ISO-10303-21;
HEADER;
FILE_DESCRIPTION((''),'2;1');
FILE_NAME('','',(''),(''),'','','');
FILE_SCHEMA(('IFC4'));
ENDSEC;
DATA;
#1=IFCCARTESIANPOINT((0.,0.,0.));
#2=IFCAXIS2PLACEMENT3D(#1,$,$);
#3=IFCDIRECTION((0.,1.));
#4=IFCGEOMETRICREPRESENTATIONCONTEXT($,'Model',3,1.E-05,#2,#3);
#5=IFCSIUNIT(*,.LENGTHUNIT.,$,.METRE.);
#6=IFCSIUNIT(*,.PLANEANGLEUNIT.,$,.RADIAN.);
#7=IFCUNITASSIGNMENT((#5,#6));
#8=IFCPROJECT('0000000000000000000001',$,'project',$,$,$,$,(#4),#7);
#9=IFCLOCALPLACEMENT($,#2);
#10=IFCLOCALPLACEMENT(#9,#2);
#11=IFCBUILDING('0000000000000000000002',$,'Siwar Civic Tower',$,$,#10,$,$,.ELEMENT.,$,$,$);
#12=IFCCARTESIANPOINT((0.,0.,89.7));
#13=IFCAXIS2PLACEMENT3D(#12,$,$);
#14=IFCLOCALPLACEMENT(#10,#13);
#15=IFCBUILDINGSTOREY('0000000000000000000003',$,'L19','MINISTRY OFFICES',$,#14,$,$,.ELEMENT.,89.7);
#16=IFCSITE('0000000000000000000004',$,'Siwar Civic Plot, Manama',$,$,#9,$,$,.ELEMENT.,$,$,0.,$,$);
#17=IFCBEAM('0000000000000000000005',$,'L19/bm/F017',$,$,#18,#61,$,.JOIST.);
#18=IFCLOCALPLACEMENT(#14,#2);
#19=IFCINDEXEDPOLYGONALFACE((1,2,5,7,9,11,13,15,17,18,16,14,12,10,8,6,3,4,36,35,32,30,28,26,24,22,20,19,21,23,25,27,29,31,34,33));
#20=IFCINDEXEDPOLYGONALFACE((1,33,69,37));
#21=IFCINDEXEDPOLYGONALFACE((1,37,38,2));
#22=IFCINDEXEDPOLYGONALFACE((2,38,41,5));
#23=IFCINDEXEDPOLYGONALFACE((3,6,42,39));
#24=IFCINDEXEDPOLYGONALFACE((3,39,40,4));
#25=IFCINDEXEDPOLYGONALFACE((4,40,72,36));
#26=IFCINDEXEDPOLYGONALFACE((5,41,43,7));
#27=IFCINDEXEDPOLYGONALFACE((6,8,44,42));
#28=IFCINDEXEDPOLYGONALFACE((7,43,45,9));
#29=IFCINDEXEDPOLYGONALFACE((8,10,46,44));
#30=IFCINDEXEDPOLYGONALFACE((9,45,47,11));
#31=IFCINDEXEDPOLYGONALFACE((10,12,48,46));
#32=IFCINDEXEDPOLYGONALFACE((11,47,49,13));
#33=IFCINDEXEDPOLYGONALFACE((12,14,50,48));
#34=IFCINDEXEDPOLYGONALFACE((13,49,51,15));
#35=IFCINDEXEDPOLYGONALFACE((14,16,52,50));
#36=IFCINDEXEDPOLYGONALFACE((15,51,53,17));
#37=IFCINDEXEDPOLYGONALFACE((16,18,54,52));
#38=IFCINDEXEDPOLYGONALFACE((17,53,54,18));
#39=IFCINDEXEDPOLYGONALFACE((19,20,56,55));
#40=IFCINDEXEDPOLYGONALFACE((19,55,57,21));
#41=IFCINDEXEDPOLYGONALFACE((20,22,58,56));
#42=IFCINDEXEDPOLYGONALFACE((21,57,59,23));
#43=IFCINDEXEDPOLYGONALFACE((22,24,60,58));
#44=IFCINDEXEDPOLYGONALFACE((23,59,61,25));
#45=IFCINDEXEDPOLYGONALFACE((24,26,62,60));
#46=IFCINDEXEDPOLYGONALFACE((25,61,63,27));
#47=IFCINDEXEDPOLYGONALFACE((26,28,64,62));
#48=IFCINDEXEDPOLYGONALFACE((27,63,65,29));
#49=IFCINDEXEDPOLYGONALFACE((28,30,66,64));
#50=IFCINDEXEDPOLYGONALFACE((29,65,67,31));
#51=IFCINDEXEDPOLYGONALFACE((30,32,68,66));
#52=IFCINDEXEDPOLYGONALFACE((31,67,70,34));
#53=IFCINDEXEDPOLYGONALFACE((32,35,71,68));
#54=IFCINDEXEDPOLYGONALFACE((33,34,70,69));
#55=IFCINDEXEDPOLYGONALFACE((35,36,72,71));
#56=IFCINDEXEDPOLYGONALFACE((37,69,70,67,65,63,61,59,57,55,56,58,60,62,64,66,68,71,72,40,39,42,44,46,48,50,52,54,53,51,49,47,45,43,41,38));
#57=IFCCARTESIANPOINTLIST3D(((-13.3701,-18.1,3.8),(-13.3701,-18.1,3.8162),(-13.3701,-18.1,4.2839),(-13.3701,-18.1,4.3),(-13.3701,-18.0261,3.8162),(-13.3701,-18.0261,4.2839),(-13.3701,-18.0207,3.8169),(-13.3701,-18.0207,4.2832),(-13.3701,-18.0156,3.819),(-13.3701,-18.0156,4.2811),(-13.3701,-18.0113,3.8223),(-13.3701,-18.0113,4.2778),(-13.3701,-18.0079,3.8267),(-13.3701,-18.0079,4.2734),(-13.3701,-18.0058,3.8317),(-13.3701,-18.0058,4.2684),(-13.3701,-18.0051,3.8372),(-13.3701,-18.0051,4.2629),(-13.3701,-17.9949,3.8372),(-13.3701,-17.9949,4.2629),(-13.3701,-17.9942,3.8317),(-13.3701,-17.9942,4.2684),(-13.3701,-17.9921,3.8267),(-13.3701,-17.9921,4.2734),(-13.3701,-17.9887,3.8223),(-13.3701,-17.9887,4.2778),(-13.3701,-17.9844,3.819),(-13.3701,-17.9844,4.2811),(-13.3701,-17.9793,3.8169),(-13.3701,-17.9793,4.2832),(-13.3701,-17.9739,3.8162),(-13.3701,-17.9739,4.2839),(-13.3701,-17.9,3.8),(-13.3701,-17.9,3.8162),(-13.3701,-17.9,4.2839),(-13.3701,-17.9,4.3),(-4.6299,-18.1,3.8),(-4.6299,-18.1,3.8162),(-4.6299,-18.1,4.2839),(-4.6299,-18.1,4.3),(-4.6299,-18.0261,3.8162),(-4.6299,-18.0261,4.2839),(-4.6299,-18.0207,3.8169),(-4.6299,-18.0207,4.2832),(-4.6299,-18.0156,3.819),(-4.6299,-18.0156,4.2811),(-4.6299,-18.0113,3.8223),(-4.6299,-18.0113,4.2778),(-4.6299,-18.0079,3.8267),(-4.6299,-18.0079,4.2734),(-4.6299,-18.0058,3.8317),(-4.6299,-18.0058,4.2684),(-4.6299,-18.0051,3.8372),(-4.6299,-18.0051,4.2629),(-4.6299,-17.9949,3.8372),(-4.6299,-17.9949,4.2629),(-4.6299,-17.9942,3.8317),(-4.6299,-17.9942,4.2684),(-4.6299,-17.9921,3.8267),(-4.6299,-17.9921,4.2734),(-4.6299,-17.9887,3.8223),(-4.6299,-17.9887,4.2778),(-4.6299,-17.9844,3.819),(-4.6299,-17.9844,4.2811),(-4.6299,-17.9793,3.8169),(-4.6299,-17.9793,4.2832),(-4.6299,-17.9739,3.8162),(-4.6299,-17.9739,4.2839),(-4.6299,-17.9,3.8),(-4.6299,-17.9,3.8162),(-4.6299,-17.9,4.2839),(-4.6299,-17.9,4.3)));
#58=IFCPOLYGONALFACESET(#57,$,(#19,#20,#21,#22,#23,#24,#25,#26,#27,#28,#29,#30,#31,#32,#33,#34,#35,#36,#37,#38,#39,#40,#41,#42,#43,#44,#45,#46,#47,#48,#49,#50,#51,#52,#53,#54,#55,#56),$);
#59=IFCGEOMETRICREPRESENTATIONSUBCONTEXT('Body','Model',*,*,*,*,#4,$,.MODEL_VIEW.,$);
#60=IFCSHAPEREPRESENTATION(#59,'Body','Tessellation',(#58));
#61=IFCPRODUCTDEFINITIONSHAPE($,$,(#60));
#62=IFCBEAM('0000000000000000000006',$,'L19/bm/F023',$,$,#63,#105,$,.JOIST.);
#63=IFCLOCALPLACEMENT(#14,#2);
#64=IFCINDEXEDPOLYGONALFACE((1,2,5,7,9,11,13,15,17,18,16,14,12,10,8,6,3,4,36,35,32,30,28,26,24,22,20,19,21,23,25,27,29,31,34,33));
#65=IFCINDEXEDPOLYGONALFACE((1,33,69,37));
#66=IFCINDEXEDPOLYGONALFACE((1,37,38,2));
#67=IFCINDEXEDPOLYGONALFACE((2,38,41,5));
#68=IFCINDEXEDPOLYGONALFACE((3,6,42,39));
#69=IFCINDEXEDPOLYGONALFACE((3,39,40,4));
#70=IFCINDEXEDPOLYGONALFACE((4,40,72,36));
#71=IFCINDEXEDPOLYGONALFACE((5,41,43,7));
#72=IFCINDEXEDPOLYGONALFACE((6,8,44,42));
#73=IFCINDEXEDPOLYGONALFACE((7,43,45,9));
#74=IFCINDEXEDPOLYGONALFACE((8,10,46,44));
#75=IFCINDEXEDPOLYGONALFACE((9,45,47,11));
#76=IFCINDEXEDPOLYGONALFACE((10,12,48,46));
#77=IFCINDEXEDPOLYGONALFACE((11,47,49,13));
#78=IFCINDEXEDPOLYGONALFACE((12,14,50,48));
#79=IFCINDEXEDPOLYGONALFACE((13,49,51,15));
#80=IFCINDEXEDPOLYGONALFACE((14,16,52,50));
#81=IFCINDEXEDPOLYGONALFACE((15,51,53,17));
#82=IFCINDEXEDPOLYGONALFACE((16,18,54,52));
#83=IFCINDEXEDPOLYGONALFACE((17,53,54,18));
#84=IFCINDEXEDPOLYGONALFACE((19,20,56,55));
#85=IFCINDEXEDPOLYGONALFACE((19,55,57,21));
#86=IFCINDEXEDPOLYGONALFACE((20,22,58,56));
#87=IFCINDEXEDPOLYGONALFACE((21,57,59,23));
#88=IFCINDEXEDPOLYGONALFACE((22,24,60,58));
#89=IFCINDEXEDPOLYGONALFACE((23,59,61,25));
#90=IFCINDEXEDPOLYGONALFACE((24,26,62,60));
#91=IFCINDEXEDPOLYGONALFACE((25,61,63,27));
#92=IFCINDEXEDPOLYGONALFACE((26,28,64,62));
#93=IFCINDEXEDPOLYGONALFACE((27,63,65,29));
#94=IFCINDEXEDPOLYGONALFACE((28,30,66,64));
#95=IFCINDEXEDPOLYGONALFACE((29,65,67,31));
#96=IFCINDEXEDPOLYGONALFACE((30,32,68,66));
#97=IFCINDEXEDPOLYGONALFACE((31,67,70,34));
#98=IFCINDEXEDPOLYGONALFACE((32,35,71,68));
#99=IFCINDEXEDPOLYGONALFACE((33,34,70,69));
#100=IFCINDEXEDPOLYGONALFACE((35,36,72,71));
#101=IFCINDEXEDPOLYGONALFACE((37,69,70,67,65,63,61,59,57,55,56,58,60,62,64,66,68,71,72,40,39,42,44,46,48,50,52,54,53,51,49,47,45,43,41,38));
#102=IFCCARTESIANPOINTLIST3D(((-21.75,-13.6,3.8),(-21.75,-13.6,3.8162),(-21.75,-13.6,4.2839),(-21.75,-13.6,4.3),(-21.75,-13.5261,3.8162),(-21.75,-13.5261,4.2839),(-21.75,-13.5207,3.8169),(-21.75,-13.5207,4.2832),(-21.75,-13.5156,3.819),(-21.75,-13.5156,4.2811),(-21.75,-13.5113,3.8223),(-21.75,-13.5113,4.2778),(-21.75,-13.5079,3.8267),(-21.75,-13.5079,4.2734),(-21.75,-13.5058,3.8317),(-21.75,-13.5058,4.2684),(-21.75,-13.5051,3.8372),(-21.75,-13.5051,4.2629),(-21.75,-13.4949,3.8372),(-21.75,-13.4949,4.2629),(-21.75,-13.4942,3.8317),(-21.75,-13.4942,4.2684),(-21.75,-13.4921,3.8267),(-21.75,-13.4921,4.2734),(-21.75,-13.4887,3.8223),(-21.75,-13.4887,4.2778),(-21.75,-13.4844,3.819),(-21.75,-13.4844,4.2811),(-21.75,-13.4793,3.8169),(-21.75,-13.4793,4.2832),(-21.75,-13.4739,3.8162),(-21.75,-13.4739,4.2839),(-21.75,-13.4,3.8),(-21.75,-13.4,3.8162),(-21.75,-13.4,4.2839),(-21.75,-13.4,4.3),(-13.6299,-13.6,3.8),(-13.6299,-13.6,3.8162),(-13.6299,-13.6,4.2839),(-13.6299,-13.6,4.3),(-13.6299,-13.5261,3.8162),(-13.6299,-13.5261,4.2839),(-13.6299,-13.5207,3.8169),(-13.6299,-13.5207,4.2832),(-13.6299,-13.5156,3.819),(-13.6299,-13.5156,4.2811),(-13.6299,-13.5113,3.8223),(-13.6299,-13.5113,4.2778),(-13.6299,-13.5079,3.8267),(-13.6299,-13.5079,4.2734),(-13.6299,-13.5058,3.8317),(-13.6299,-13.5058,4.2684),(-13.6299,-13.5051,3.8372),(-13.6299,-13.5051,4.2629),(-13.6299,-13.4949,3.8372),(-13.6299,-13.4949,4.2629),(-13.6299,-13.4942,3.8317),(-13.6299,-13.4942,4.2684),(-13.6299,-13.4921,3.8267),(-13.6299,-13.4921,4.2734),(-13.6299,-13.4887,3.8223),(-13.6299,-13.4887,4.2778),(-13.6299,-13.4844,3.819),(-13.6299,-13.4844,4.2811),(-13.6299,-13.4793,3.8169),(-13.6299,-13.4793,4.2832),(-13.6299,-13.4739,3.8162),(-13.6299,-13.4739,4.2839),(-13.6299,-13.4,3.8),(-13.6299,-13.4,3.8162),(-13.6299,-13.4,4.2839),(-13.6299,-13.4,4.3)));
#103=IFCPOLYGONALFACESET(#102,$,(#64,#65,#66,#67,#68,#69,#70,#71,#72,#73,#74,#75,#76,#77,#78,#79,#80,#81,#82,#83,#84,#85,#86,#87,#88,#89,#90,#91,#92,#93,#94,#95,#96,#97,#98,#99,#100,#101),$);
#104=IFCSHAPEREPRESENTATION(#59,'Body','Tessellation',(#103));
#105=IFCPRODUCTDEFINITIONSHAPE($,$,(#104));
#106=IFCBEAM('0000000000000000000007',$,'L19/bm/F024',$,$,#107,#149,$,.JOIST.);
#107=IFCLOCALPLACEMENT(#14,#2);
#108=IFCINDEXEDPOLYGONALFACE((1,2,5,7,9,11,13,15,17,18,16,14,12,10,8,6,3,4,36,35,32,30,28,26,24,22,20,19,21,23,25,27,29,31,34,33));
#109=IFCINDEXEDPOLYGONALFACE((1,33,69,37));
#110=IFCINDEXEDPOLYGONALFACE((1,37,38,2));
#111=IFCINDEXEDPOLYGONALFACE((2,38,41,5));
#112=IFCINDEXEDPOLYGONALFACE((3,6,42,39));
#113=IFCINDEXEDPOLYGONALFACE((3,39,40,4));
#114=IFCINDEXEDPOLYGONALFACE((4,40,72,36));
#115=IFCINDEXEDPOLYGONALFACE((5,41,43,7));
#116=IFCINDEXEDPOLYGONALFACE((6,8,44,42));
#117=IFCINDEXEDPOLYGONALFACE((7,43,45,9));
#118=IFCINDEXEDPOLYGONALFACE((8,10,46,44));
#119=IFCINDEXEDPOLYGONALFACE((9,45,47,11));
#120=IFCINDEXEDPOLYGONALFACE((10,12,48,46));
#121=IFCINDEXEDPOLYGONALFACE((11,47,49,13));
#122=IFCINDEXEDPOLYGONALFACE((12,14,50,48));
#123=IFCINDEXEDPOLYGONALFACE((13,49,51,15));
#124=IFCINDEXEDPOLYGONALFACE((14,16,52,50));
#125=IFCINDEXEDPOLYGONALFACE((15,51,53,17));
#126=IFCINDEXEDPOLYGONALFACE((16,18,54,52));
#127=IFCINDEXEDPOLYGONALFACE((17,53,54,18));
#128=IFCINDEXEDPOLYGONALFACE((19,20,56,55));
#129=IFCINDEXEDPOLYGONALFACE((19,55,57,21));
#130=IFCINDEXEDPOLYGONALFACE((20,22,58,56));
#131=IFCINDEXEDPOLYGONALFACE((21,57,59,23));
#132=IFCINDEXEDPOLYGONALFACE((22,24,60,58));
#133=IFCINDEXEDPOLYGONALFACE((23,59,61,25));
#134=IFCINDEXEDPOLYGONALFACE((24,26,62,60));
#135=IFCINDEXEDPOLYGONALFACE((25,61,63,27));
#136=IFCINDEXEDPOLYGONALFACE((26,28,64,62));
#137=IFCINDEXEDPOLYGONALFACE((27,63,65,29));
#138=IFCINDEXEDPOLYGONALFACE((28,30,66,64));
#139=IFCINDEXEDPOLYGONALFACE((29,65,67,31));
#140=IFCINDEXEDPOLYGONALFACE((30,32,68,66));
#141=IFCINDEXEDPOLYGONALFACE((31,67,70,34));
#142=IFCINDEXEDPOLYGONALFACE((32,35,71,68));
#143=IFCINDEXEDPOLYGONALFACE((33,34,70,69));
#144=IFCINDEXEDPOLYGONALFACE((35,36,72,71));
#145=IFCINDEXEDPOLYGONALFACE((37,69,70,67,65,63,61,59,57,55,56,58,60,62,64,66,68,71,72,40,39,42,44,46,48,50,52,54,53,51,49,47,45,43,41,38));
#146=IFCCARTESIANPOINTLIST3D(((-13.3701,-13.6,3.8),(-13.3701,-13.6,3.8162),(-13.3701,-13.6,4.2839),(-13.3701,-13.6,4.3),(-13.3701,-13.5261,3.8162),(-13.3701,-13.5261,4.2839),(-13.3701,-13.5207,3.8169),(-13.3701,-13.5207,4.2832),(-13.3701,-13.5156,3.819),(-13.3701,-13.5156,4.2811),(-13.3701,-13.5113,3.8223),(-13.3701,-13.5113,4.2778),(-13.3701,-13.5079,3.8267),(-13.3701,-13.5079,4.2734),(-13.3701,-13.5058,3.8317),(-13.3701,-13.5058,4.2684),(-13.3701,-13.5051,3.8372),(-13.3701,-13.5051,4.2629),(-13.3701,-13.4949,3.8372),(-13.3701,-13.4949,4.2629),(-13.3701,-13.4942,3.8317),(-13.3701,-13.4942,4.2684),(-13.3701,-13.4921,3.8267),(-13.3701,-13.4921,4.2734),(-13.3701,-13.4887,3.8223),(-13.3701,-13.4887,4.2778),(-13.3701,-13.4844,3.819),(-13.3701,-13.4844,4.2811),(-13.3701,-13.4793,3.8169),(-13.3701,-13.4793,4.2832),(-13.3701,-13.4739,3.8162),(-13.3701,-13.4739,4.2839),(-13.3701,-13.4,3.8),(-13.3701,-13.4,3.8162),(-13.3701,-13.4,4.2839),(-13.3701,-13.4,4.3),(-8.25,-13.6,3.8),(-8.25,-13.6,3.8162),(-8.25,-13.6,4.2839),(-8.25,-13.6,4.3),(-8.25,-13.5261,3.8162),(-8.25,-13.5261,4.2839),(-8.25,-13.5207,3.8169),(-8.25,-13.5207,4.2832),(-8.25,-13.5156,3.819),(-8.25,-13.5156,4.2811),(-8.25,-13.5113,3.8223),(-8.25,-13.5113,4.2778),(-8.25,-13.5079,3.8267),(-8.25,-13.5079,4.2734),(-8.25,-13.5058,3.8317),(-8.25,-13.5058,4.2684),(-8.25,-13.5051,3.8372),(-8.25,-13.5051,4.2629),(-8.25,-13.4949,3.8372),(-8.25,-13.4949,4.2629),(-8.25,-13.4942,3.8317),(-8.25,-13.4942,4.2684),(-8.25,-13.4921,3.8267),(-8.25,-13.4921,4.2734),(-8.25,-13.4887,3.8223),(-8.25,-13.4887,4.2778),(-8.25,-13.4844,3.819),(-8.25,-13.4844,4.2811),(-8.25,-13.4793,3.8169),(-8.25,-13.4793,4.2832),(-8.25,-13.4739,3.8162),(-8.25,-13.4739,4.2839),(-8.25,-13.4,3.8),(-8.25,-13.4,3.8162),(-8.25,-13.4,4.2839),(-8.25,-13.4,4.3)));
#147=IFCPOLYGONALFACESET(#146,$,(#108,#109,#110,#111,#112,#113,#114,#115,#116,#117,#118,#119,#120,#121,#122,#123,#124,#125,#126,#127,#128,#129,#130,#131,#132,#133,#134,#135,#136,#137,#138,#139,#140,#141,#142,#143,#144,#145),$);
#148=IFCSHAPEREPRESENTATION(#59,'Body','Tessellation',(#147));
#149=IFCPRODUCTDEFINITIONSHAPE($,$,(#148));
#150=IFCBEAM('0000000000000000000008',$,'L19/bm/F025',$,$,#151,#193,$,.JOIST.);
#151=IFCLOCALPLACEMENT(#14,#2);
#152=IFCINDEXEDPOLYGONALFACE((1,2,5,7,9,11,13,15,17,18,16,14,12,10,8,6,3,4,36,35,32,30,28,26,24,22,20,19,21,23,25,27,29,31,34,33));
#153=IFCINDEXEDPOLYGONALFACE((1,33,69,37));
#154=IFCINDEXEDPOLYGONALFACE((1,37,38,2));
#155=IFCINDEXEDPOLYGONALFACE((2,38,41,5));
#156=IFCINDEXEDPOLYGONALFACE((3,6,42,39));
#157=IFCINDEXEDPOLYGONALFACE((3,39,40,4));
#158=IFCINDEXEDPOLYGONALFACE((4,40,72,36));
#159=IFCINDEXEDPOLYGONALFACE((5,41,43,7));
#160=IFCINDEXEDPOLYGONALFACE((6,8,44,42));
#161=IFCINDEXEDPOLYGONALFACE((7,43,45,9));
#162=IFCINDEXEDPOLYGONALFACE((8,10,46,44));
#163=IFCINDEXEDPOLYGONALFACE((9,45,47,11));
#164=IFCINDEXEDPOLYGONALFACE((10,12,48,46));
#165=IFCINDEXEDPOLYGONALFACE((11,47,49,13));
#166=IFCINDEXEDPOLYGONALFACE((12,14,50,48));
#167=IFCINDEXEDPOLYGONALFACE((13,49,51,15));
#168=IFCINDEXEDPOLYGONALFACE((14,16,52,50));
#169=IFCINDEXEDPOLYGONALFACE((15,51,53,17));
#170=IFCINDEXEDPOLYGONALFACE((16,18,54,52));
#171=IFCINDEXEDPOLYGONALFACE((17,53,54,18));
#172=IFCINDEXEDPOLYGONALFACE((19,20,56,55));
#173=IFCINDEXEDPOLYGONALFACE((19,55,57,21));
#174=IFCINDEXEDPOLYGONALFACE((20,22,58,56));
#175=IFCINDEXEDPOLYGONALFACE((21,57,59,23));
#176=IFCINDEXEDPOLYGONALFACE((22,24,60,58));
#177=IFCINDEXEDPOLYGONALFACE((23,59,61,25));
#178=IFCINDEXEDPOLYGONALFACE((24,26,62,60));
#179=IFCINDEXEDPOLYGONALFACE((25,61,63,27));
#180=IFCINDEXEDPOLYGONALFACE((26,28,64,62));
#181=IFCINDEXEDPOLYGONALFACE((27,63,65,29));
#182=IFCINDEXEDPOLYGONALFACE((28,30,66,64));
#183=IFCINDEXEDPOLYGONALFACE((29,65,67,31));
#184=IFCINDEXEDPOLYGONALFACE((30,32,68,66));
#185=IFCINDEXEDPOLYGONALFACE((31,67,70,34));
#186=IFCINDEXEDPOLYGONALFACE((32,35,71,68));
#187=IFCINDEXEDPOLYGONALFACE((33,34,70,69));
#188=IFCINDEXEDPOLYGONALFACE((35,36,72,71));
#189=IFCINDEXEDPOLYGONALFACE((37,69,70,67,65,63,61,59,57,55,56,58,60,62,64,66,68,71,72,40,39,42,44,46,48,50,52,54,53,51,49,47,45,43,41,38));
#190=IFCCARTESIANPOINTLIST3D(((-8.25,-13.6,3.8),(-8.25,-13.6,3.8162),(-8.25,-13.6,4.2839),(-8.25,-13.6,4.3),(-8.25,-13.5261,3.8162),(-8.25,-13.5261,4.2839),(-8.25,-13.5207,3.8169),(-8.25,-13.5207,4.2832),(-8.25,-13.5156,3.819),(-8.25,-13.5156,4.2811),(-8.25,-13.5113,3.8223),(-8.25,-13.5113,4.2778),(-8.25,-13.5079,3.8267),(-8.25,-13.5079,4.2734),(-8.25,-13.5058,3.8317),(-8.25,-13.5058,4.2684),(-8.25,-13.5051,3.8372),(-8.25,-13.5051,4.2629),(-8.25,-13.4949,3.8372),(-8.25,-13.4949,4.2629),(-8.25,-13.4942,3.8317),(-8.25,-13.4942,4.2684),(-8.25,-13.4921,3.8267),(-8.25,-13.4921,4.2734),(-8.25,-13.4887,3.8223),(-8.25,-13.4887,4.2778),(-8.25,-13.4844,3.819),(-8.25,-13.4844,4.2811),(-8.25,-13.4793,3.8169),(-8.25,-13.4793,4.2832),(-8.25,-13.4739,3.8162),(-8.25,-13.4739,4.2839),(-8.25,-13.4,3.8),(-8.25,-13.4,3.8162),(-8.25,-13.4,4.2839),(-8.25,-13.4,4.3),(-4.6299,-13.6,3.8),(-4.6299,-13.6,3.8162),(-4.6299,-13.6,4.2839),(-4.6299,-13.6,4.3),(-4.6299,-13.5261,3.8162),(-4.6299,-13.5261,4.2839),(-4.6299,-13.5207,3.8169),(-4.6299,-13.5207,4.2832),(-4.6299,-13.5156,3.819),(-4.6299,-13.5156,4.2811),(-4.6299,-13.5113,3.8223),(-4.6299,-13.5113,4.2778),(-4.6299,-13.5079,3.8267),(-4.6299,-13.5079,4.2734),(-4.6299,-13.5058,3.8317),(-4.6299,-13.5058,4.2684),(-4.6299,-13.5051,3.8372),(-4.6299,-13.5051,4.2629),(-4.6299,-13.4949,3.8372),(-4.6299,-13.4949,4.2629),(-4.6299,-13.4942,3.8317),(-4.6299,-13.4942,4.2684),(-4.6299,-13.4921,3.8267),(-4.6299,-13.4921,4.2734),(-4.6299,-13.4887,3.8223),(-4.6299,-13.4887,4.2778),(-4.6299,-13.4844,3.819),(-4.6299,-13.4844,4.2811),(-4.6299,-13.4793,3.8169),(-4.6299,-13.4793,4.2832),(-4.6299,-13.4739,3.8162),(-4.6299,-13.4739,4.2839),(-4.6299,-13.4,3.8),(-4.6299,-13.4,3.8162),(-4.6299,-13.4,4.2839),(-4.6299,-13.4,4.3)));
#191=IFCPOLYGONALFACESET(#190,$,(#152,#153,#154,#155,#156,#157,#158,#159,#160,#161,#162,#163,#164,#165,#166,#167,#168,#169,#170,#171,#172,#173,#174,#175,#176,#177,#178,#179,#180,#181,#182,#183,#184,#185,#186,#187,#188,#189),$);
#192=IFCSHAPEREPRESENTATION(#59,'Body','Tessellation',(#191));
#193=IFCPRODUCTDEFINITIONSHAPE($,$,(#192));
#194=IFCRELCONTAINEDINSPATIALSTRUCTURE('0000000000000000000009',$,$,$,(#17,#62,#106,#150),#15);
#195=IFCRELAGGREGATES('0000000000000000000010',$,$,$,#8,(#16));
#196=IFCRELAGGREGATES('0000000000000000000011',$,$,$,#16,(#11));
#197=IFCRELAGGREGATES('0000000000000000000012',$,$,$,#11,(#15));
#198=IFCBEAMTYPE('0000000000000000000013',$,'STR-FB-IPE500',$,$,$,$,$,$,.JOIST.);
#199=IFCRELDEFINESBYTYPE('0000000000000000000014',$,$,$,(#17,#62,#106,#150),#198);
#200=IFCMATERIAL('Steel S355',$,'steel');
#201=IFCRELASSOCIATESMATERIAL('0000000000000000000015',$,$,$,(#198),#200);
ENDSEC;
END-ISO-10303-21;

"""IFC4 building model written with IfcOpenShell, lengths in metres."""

from ifc_helpers import new_model, si_unit, direction, frame, origin, origin_2d, place, context, subcontext, project, spatial, i_section, extrude, material, material_profile, profile_set, type_object, element, save


model = new_model("IFC4")

# Units and contexts
model_context = context("Model", 3, precision=1e-05, world=origin(), true_north=direction((0.0, 1.0)))
body_context = subcontext(model_context, "Body", "Model", "MODEL_VIEW")
ifc_project = project(units=[si_unit("LENGTHUNIT", "METRE"), si_unit("PLANEANGLEUNIT", "RADIAN")], contexts=[model_context])

# Site, building, storey
site_placement = place(None, origin())
site = spatial("IfcSite", under=ifc_project, at=site_placement, Name="Siwar Civic Plot, Manama", CompositionType="ELEMENT", RefElevation=0.0)
building_placement = place(site_placement, origin())
building = spatial("IfcBuilding", under=site, at=building_placement, Name="Siwar Civic Tower", CompositionType="ELEMENT")
storey_placement = place(building_placement, frame((0.0, 0.0, 89.7)))
storey = spatial("IfcBuildingStorey", under=building, at=storey_placement, Name="L19", Description="MINISTRY OFFICES", CompositionType="ELEMENT", Elevation=89.7)

# Beams
ifc_material_1 = material(Name="Steel S355", Category="steel")
ifc_material_profile = material_profile(ifc_material_1, i_section(OverallWidth=0.2, OverallDepth=0.5, WebThickness=0.0103, FlangeThickness=0.0161, FilletRadius=0.021, at=origin_2d()), Name="IPE500")
ifc_profile_set = profile_set([ifc_material_profile], Name="Steel S355")
beam_type = type_object("IfcBeamType", Name="STR-FB-IPE500", PredefinedType="JOIST", material=ifc_profile_set)
beam_1_placement = place(storey_placement, frame((-13.3701, -18.0, 4.05), z_axis=(1.0, 0.0, 0.0), x_axis=(0.0, 1.0, 0.0)))
element("IfcBeam", 1, at=beam_1_placement, inside=storey, type_object=beam_type, Name="L19/bm/F017", PredefinedType="JOIST", context=body_context, shape_type="SweptSolid", body=[
    extrude(i_section(OverallWidth=0.2, OverallDepth=0.5, WebThickness=0.0103, FlangeThickness=0.0161, FilletRadius=0.021, at=origin_2d()), origin(), (0.0, 0.0, 1.0), 8.7402),
])
beam_2_placement = place(storey_placement, frame((-21.75, -13.5, 4.05), z_axis=(1.0, 0.0, 0.0), x_axis=(0.0, 1.0, 0.0)))
element("IfcBeam", 2, at=beam_2_placement, inside=storey, type_object=beam_type, Name="L19/bm/F023", PredefinedType="JOIST", context=body_context, shape_type="SweptSolid", body=[
    extrude(i_section(OverallWidth=0.2, OverallDepth=0.5, WebThickness=0.0103, FlangeThickness=0.0161, FilletRadius=0.021, at=origin_2d()), origin(), (0.0, 0.0, 1.0), 8.1201),
])
beam_3_placement = place(storey_placement, frame((-13.3701, -13.5, 4.05), z_axis=(1.0, 0.0, 0.0), x_axis=(0.0, 1.0, 0.0)))
element("IfcBeam", 3, at=beam_3_placement, inside=storey, type_object=beam_type, Name="L19/bm/F024", PredefinedType="JOIST", context=body_context, shape_type="SweptSolid", body=[
    extrude(i_section(OverallWidth=0.2, OverallDepth=0.5, WebThickness=0.0103, FlangeThickness=0.0161, FilletRadius=0.021, at=origin_2d()), origin(), (0.0, 0.0, 1.0), 5.1201),
])
beam_4_placement = place(storey_placement, frame((-8.25, -13.5, 4.05), z_axis=(1.0, 0.0, 0.0), x_axis=(0.0, 1.0, 0.0)))
element("IfcBeam", 4, at=beam_4_placement, inside=storey, type_object=beam_type, Name="L19/bm/F025", PredefinedType="JOIST", context=body_context, shape_type="SweptSolid", body=[
    extrude(i_section(OverallWidth=0.2, OverallDepth=0.5, WebThickness=0.0103, FlangeThickness=0.0161, FilletRadius=0.021, at=origin_2d()), origin(), (0.0, 0.0, 1.0), 3.6201),
])

save(model, "model.ifc")
